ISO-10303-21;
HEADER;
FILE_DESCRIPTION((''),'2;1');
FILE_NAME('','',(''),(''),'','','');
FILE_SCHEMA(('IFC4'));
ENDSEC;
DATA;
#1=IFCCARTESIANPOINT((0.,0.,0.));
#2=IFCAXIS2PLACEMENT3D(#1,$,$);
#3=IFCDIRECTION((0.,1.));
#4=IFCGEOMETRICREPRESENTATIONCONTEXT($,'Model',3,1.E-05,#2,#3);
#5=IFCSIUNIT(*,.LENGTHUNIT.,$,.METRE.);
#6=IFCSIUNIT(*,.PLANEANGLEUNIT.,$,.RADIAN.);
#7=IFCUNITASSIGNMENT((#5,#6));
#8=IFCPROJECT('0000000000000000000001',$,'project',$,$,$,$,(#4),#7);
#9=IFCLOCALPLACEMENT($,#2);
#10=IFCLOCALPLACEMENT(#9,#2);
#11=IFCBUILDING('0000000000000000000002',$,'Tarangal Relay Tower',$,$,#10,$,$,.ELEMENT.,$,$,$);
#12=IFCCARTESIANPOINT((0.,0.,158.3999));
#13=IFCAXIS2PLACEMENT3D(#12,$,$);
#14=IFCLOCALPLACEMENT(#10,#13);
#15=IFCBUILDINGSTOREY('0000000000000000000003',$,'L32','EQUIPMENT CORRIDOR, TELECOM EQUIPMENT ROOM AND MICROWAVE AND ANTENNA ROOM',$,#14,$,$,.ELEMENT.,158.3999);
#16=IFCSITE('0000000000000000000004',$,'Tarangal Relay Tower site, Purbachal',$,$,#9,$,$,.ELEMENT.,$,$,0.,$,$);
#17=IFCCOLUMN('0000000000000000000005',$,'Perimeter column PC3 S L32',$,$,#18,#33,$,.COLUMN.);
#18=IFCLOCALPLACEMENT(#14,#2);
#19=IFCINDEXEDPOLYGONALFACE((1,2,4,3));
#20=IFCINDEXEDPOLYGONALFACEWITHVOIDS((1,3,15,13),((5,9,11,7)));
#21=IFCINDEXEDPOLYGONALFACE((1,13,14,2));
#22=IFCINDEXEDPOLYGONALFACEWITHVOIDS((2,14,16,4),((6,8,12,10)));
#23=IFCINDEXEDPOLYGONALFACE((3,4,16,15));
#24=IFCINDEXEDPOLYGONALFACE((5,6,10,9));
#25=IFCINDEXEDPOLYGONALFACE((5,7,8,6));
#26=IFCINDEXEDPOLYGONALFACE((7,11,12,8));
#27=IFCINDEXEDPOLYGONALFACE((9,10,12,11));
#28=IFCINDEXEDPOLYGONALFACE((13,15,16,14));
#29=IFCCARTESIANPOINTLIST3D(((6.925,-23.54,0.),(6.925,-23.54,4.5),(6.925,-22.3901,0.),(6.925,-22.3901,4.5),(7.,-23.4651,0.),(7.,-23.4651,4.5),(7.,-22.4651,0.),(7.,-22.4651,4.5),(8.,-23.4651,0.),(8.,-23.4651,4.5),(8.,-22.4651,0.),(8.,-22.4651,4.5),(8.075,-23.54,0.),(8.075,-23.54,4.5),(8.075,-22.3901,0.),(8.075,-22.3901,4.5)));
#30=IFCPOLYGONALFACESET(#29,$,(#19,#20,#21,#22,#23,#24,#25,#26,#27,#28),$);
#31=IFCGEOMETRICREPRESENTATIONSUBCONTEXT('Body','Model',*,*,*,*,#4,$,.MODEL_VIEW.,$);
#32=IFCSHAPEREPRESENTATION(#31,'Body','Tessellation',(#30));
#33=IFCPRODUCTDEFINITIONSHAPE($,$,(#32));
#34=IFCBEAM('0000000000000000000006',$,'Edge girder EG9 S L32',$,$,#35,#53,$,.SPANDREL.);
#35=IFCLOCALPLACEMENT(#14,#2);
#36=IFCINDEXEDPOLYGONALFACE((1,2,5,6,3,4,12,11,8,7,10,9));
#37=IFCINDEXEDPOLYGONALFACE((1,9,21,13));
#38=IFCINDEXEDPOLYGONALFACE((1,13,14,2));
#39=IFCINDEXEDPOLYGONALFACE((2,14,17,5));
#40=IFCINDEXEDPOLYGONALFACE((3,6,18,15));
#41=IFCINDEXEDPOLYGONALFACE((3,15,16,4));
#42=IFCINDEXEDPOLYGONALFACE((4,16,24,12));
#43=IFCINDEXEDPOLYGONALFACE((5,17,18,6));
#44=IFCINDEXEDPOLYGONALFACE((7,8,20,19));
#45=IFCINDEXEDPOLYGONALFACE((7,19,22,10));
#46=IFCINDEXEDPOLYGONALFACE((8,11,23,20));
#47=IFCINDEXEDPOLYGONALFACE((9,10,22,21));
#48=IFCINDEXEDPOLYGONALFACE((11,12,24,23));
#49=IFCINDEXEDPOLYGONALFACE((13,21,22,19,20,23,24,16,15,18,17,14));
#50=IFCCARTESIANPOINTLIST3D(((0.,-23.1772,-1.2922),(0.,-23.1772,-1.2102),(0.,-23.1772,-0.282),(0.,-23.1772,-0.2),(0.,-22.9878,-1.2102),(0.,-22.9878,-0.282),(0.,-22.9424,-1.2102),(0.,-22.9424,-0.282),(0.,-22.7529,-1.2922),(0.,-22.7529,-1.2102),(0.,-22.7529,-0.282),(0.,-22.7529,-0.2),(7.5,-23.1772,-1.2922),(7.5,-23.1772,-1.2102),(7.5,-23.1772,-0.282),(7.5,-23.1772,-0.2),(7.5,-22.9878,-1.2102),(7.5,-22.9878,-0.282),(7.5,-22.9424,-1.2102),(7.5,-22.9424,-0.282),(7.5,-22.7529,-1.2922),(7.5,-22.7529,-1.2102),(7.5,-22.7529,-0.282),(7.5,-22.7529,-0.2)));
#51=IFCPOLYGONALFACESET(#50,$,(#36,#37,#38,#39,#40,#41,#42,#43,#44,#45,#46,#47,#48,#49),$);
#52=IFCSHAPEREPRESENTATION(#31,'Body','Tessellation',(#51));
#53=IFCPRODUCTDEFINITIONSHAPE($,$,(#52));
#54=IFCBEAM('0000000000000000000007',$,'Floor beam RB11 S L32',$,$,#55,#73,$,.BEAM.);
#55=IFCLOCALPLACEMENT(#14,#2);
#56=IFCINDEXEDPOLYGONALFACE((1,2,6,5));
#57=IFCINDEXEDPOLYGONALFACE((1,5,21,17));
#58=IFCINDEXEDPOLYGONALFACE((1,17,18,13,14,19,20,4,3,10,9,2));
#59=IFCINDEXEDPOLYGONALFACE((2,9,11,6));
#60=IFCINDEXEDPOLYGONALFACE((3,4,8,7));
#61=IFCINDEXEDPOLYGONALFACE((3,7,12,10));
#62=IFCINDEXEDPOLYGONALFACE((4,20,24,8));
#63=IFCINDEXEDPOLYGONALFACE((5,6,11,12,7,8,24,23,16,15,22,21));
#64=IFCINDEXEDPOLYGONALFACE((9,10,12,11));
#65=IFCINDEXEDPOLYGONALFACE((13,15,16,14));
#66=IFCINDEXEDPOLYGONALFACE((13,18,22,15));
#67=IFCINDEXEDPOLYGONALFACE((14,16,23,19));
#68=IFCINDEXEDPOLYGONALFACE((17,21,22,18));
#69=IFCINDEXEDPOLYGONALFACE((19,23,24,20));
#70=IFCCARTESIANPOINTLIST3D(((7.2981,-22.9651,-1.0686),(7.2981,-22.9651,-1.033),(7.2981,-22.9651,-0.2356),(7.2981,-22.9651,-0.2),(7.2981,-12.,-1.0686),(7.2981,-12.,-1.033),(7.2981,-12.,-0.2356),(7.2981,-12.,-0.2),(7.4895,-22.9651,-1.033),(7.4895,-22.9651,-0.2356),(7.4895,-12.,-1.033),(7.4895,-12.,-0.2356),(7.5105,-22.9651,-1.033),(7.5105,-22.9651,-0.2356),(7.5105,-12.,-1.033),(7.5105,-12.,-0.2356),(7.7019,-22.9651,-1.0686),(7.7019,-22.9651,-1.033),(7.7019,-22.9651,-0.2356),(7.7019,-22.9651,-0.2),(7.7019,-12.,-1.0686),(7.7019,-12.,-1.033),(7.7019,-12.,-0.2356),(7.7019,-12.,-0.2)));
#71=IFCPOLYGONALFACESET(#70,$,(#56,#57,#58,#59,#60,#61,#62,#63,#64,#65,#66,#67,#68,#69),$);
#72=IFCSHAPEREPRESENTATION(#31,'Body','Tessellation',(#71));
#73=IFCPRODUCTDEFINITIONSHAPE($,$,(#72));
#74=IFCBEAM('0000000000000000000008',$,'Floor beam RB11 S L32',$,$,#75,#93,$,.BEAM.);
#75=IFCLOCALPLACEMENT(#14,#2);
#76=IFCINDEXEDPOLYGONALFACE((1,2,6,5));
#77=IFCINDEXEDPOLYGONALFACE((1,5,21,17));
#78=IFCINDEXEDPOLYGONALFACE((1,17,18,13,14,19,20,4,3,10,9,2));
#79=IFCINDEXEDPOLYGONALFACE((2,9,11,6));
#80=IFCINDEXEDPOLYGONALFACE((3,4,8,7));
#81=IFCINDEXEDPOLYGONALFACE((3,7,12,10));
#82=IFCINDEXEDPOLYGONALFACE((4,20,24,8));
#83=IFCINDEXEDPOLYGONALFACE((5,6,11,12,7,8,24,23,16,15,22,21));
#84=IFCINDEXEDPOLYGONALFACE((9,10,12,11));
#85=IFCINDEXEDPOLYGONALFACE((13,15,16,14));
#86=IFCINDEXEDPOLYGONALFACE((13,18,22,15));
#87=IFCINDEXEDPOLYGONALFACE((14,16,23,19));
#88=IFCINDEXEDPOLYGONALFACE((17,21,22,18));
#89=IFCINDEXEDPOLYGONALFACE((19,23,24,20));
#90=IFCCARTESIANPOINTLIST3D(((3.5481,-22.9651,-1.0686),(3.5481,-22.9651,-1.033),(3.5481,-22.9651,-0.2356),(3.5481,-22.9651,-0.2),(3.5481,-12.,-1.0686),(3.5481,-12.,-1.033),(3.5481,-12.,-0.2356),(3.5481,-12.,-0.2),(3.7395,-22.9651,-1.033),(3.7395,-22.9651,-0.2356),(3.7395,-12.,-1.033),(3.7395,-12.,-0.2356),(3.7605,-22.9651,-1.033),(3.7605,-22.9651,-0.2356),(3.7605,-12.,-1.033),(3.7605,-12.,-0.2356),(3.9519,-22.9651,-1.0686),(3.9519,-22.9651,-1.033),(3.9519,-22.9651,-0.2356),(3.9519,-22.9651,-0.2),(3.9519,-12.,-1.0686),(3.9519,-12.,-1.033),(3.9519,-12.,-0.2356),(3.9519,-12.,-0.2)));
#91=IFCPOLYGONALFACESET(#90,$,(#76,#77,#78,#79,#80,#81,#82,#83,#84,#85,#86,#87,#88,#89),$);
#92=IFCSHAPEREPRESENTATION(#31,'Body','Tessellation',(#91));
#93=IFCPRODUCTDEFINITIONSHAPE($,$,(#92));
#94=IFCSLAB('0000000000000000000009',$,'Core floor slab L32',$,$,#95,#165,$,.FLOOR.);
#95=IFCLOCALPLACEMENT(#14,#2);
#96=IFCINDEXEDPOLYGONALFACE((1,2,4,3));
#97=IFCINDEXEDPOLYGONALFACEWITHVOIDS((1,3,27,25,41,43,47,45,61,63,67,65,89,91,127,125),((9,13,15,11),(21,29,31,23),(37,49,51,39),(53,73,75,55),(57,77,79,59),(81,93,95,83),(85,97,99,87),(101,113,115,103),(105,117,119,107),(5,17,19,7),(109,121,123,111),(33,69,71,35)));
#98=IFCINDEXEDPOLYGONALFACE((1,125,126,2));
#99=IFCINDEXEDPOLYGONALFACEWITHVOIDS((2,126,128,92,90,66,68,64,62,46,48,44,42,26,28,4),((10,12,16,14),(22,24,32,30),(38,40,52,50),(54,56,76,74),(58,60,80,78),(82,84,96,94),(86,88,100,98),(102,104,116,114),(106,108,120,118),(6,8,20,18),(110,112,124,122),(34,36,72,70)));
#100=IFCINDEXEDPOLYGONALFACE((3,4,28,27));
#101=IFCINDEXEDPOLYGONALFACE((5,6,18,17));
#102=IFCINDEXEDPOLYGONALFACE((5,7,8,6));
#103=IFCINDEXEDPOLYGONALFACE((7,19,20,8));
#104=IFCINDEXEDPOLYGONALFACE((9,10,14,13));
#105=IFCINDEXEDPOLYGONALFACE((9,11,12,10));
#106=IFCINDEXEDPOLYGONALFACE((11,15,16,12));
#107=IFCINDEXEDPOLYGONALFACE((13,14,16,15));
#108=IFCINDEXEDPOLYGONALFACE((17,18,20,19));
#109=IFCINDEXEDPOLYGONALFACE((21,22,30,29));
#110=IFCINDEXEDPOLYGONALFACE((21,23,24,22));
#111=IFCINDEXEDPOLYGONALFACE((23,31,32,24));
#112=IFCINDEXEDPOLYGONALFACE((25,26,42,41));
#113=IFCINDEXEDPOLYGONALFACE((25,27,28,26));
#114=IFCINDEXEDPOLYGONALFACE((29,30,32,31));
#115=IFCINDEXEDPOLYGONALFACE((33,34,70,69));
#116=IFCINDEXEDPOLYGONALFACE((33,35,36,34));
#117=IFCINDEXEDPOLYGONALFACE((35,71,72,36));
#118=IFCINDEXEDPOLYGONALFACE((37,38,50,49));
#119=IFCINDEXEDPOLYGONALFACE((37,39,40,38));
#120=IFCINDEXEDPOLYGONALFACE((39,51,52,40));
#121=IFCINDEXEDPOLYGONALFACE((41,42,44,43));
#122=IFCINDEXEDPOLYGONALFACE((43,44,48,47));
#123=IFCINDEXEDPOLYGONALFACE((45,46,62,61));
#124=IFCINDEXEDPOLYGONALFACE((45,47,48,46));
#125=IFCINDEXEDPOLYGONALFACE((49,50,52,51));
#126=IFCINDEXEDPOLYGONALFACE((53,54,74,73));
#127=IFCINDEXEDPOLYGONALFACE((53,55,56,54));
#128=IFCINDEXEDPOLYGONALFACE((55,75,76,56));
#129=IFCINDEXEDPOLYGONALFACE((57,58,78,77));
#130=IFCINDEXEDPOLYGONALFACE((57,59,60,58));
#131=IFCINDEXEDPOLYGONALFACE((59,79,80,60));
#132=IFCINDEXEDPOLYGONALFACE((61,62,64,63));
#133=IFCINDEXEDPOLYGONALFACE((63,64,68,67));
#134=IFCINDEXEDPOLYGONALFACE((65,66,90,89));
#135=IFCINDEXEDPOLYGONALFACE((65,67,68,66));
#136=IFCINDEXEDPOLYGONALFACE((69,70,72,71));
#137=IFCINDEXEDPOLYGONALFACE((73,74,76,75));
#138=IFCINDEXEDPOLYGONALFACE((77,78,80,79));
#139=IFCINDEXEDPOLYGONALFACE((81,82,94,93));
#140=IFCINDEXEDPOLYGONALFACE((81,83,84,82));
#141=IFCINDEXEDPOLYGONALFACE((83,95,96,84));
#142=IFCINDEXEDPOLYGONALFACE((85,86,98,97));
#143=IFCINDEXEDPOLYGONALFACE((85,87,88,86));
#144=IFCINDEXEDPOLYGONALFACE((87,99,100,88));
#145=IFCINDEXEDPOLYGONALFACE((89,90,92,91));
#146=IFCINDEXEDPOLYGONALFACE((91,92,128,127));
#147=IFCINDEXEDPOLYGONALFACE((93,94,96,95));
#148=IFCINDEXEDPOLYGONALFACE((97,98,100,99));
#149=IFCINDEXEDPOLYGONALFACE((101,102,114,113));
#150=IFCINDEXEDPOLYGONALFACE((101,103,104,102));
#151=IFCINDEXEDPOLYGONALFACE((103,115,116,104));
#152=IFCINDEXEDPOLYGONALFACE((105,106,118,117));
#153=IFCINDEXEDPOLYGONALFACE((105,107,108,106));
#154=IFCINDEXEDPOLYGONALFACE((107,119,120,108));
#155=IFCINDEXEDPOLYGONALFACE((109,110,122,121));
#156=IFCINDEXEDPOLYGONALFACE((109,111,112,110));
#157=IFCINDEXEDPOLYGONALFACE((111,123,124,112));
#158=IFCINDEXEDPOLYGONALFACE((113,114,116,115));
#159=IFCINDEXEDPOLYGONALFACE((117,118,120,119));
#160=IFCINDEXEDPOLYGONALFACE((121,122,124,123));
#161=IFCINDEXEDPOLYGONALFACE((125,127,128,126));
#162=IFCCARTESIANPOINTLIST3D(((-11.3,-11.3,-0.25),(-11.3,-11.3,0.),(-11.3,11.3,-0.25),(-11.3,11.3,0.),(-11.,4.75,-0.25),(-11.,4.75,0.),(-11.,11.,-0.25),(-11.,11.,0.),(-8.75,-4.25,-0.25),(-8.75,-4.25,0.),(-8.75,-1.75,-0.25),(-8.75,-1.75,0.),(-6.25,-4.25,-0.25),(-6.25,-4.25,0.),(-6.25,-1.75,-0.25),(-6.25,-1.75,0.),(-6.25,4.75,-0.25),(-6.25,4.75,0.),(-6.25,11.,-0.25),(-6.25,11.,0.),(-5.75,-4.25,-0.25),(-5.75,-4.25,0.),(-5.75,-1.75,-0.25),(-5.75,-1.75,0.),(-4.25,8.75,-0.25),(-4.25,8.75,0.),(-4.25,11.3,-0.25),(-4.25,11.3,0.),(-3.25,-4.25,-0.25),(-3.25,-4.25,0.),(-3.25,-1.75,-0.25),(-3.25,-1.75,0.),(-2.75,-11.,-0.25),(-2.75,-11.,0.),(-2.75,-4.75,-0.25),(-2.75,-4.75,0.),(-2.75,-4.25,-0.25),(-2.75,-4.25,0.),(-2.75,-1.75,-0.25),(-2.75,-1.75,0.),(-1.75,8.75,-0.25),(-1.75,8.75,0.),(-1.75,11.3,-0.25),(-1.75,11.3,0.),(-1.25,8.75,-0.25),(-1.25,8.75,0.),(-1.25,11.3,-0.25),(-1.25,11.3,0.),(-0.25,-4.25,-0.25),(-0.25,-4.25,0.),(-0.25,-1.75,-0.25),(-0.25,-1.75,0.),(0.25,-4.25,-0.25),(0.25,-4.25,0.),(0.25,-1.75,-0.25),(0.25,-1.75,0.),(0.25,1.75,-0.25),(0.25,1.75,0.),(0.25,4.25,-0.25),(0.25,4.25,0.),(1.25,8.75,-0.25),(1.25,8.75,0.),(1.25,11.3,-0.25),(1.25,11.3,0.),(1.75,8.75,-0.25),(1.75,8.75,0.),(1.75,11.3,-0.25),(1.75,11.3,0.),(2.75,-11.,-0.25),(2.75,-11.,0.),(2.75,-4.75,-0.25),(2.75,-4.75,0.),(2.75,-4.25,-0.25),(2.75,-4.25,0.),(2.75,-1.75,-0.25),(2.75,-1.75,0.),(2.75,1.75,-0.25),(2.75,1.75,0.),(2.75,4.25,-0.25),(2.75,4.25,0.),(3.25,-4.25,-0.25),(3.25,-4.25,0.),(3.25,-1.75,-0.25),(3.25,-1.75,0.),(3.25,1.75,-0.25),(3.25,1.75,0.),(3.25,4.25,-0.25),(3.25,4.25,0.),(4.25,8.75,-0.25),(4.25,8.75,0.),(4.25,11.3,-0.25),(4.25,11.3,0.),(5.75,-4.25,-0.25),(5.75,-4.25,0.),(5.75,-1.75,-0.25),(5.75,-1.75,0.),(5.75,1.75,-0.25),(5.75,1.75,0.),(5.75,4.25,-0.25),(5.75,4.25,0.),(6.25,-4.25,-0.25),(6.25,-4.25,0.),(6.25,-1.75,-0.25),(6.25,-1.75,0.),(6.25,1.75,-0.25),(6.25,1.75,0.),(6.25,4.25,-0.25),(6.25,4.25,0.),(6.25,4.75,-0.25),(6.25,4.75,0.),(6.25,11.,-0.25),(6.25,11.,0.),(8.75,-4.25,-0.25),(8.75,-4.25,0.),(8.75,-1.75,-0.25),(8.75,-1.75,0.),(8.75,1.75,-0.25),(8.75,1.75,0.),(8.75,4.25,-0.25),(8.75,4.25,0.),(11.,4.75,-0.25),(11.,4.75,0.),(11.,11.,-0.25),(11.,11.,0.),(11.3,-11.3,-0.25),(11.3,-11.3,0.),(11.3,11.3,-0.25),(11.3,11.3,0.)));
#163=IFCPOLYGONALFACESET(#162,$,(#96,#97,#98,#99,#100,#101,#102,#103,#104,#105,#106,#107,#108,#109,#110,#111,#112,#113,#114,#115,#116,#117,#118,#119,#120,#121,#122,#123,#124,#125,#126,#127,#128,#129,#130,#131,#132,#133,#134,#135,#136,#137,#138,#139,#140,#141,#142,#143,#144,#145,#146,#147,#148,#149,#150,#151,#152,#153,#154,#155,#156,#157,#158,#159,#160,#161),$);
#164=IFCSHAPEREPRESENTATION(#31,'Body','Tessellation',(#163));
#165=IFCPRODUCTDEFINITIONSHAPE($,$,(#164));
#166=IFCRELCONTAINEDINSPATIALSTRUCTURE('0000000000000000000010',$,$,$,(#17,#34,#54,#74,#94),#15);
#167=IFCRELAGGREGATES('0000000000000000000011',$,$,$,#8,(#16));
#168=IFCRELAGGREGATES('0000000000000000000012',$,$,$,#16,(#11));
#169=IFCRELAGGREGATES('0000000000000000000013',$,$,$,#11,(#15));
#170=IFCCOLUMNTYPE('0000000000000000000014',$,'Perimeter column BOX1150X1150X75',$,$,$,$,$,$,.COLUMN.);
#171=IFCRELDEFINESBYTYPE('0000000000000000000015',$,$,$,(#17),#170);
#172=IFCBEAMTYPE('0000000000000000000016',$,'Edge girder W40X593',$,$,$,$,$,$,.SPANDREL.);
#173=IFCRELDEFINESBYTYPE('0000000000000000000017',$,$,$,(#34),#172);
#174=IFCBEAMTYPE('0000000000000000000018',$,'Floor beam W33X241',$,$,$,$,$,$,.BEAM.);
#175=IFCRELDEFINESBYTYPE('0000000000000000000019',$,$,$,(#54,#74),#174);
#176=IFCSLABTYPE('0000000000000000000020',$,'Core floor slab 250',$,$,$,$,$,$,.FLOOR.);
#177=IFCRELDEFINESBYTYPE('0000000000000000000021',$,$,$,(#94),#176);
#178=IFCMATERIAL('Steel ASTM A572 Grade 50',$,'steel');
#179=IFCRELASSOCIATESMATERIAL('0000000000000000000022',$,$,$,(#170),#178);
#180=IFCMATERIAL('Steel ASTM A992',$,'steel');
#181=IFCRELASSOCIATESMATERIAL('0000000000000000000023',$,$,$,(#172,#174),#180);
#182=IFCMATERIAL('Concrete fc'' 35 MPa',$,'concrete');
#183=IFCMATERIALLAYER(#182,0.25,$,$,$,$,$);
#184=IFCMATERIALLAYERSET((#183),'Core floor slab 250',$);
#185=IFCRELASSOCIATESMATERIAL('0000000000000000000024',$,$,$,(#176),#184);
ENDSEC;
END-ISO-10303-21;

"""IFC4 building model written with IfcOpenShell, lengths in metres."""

from ifc_helpers import new_model, si_unit, direction, frame, origin, origin_2d, place, context, subcontext, project, spatial, polyline, hollow_rectangle, i_section, outline, extrude, material, layer, layer_set, material_profile, profile_set, type_object, element, save


model = new_model("IFC4")

# Units and contexts
model_context = context("Model", 3, precision=1e-05, world=origin(), true_north=direction((0.0, 1.0)))
body_context = subcontext(model_context, "Body", "Model", "MODEL_VIEW")
ifc_project = project(units=[si_unit("LENGTHUNIT", "METRE"), si_unit("PLANEANGLEUNIT", "RADIAN")], contexts=[model_context])

# Site, building, storey
site_placement = place(None, origin())
site = spatial("IfcSite", under=ifc_project, at=site_placement, Name="Tarangal Relay Tower site, Purbachal", CompositionType="ELEMENT", RefElevation=0.0)
building_placement = place(site_placement, origin())
building = spatial("IfcBuilding", under=site, at=building_placement, Name="Tarangal Relay Tower", CompositionType="ELEMENT")
storey_placement = place(building_placement, frame((0.0, 0.0, 158.3999)))
storey = spatial("IfcBuildingStorey", under=building, at=storey_placement, Name="L32", Description="EQUIPMENT CORRIDOR, TELECOM EQUIPMENT ROOM AND MICROWAVE AND ANTENNA ROOM", CompositionType="ELEMENT", Elevation=158.3999)

# Column
ifc_material_1 = material(Name="Steel ASTM A572 Grade 50", Category="steel")
ifc_material_profile_1 = material_profile(ifc_material_1, hollow_rectangle(XDim=1.1499, YDim=1.1499, WallThickness=0.075, at=origin_2d()), Name="BOX1150X1150X75")
ifc_profile_set_1 = profile_set([ifc_material_profile_1], Name="Steel ASTM A572 Grade 50")
column_type = type_object("IfcColumnType", Name="Perimeter column BOX1150X1150X75", PredefinedType="COLUMN", material=ifc_profile_set_1)
column_placement = place(storey_placement, frame((7.5, -22.9651, 0.0), z_axis=(0.0, 0.0, 1.0), x_axis=(1.0, 0.0, 0.0)))
element("IfcColumn", 1, at=column_placement, inside=storey, type_object=column_type, Name="Perimeter column PC3 S L32", PredefinedType="COLUMN", context=body_context, shape_type="SweptSolid", body=[
    extrude(hollow_rectangle(XDim=1.1499, YDim=1.1499, WallThickness=0.075, at=origin_2d()), origin(), (0.0, 0.0, 1.0), 4.5),
])

# Beams
ifc_material_2 = material(Name="Steel ASTM A992", Category="steel")
ifc_material_profile_2 = material_profile(ifc_material_2, i_section(OverallWidth=0.4243, OverallDepth=1.0923, WebThickness=0.0454, FlangeThickness=0.082, at=origin_2d()), Name="W40X593")
ifc_profile_set_2 = profile_set([ifc_material_profile_2], Name="Steel ASTM A992")
beam_type_1 = type_object("IfcBeamType", Name="Edge girder W40X593", PredefinedType="SPANDREL", material=ifc_profile_set_2)
beam_placement = place(storey_placement, frame((7.5, -22.9651, -0.7461), z_axis=(-1.0, 0.0, 0.0), x_axis=(0.0, -1.0, 0.0)))
element("IfcBeam", 2, at=beam_placement, inside=storey, type_object=beam_type_1, Name="Edge girder EG9 S L32", PredefinedType="SPANDREL", context=body_context, shape_type="SweptSolid", body=[
    extrude(i_section(OverallWidth=0.4243, OverallDepth=1.0923, WebThickness=0.0454, FlangeThickness=0.082, at=origin_2d()), origin(), (0.0, 0.0, 1.0), 7.5),
])
ifc_material_profile_3 = material_profile(ifc_material_2, i_section(OverallWidth=0.4038, OverallDepth=0.8687, WebThickness=0.021, FlangeThickness=0.0356, at=origin_2d()), Name="W33X241")
ifc_profile_set_3 = profile_set([ifc_material_profile_3], Name="Steel ASTM A992")
beam_type_2 = type_object("IfcBeamType", Name="Floor beam W33X241", PredefinedType="BEAM", material=ifc_profile_set_3)
for number, where, z_axis, x_axis, name in (
    (3, (7.5, -12.0, -0.6343), (0.0, -1.0, 0.0), (1.0, 0.0, 0.0), "Floor beam RB11 S L32"),
    (4, (3.75, -12.0, -0.6343), (0.0, -1.0, 0.0), (1.0, 0.0, 0.0), "Floor beam RB11 S L32"),
):
    element("IfcBeam", number, at=place(storey_placement, frame(where, z_axis=z_axis, x_axis=x_axis)), inside=storey, type_object=beam_type_2, Name=name, PredefinedType="BEAM", context=body_context, shape_type="SweptSolid", body=[
        extrude(i_section(OverallWidth=0.4038, OverallDepth=0.8687, WebThickness=0.021, FlangeThickness=0.0356, at=origin_2d()), origin(), (0.0, 0.0, 1.0), 10.9651),
    ])

# Slab
ifc_material_3 = material(Name="Concrete fc' 35 MPa", Category="concrete")
ifc_layer_1 = layer(ifc_material_3, 0.25)
ifc_layer_set_1 = layer_set([ifc_layer_1], Name="Core floor slab 250")
slab_type_1 = type_object("IfcSlabType", Name="Core floor slab 250", PredefinedType="FLOOR", material=ifc_layer_set_1)
slab_1_placement = place(storey_placement, frame((0.0, 0.0, -0.25)))
element("IfcSlab", 5, at=slab_1_placement, inside=storey, type_object=slab_type_1, Name="Core floor slab L32", PredefinedType="FLOOR", context=body_context, shape_type="SweptSolid", body=[
    extrude(outline(polyline([(11.3, 11.3), (11.3, -11.3), (-11.3, -11.3), (-11.3, 11.3), (-4.25, 11.3), (-4.25, 8.75), (-1.75, 8.75), (-1.75, 11.3), (-1.25, 11.3), (-1.25, 8.75), (1.25, 8.75), (1.25, 11.3), (1.75, 11.3), (1.75, 8.75), (4.25, 8.75), (4.25, 11.3), (11.3, 11.3)]), holes=[polyline([(2.75, -4.75), (-2.75, -4.75), (-2.75, -11.0), (2.75, -11.0), (2.75, -4.75)]), polyline([(-6.25, -4.25), (-6.25, -1.75), (-8.75, -1.75), (-8.75, -4.25), (-6.25, -4.25)]), polyline([(-3.25, -4.25), (-3.25, -1.75), (-5.75, -1.75), (-5.75, -4.25), (-3.25, -4.25)]), polyline([(-0.25, -4.25), (-0.25, -1.75), (-2.75, -1.75), (-2.75, -4.25), (-0.25, -4.25)]), polyline([(2.75, 1.75), (2.75, 4.25), (0.25, 4.25), (0.25, 1.75), (2.75, 1.75)]), polyline([(-6.25, 4.75), (-6.25, 11.0), (-11.0, 11.0), (-11.0, 4.75), (-6.25, 4.75)]), polyline([(2.75, -4.25), (2.75, -1.75), (0.25, -1.75), (0.25, -4.25), (2.75, -4.25)]), polyline([(5.75, -4.25), (5.75, -1.75), (3.25, -1.75), (3.25, -4.25), (5.75, -4.25)]), polyline([(8.75, -4.25), (8.75, -1.75), (6.25, -1.75), (6.25, -4.25), (8.75, -4.25)]), polyline([(5.75, 1.75), (5.75, 4.25), (3.25, 4.25), (3.25, 1.75), (5.75, 1.75)]), polyline([(8.75, 1.75), (8.75, 4.25), (6.25, 4.25), (6.25, 1.75), (8.75, 1.75)]), polyline([(11.0, 4.75), (11.0, 11.0), (6.25, 11.0), (6.25, 4.75), (11.0, 4.75)])]), origin(), (0.0, 0.0, 1.0), 0.25),
])

save(model, "model.ifc")
